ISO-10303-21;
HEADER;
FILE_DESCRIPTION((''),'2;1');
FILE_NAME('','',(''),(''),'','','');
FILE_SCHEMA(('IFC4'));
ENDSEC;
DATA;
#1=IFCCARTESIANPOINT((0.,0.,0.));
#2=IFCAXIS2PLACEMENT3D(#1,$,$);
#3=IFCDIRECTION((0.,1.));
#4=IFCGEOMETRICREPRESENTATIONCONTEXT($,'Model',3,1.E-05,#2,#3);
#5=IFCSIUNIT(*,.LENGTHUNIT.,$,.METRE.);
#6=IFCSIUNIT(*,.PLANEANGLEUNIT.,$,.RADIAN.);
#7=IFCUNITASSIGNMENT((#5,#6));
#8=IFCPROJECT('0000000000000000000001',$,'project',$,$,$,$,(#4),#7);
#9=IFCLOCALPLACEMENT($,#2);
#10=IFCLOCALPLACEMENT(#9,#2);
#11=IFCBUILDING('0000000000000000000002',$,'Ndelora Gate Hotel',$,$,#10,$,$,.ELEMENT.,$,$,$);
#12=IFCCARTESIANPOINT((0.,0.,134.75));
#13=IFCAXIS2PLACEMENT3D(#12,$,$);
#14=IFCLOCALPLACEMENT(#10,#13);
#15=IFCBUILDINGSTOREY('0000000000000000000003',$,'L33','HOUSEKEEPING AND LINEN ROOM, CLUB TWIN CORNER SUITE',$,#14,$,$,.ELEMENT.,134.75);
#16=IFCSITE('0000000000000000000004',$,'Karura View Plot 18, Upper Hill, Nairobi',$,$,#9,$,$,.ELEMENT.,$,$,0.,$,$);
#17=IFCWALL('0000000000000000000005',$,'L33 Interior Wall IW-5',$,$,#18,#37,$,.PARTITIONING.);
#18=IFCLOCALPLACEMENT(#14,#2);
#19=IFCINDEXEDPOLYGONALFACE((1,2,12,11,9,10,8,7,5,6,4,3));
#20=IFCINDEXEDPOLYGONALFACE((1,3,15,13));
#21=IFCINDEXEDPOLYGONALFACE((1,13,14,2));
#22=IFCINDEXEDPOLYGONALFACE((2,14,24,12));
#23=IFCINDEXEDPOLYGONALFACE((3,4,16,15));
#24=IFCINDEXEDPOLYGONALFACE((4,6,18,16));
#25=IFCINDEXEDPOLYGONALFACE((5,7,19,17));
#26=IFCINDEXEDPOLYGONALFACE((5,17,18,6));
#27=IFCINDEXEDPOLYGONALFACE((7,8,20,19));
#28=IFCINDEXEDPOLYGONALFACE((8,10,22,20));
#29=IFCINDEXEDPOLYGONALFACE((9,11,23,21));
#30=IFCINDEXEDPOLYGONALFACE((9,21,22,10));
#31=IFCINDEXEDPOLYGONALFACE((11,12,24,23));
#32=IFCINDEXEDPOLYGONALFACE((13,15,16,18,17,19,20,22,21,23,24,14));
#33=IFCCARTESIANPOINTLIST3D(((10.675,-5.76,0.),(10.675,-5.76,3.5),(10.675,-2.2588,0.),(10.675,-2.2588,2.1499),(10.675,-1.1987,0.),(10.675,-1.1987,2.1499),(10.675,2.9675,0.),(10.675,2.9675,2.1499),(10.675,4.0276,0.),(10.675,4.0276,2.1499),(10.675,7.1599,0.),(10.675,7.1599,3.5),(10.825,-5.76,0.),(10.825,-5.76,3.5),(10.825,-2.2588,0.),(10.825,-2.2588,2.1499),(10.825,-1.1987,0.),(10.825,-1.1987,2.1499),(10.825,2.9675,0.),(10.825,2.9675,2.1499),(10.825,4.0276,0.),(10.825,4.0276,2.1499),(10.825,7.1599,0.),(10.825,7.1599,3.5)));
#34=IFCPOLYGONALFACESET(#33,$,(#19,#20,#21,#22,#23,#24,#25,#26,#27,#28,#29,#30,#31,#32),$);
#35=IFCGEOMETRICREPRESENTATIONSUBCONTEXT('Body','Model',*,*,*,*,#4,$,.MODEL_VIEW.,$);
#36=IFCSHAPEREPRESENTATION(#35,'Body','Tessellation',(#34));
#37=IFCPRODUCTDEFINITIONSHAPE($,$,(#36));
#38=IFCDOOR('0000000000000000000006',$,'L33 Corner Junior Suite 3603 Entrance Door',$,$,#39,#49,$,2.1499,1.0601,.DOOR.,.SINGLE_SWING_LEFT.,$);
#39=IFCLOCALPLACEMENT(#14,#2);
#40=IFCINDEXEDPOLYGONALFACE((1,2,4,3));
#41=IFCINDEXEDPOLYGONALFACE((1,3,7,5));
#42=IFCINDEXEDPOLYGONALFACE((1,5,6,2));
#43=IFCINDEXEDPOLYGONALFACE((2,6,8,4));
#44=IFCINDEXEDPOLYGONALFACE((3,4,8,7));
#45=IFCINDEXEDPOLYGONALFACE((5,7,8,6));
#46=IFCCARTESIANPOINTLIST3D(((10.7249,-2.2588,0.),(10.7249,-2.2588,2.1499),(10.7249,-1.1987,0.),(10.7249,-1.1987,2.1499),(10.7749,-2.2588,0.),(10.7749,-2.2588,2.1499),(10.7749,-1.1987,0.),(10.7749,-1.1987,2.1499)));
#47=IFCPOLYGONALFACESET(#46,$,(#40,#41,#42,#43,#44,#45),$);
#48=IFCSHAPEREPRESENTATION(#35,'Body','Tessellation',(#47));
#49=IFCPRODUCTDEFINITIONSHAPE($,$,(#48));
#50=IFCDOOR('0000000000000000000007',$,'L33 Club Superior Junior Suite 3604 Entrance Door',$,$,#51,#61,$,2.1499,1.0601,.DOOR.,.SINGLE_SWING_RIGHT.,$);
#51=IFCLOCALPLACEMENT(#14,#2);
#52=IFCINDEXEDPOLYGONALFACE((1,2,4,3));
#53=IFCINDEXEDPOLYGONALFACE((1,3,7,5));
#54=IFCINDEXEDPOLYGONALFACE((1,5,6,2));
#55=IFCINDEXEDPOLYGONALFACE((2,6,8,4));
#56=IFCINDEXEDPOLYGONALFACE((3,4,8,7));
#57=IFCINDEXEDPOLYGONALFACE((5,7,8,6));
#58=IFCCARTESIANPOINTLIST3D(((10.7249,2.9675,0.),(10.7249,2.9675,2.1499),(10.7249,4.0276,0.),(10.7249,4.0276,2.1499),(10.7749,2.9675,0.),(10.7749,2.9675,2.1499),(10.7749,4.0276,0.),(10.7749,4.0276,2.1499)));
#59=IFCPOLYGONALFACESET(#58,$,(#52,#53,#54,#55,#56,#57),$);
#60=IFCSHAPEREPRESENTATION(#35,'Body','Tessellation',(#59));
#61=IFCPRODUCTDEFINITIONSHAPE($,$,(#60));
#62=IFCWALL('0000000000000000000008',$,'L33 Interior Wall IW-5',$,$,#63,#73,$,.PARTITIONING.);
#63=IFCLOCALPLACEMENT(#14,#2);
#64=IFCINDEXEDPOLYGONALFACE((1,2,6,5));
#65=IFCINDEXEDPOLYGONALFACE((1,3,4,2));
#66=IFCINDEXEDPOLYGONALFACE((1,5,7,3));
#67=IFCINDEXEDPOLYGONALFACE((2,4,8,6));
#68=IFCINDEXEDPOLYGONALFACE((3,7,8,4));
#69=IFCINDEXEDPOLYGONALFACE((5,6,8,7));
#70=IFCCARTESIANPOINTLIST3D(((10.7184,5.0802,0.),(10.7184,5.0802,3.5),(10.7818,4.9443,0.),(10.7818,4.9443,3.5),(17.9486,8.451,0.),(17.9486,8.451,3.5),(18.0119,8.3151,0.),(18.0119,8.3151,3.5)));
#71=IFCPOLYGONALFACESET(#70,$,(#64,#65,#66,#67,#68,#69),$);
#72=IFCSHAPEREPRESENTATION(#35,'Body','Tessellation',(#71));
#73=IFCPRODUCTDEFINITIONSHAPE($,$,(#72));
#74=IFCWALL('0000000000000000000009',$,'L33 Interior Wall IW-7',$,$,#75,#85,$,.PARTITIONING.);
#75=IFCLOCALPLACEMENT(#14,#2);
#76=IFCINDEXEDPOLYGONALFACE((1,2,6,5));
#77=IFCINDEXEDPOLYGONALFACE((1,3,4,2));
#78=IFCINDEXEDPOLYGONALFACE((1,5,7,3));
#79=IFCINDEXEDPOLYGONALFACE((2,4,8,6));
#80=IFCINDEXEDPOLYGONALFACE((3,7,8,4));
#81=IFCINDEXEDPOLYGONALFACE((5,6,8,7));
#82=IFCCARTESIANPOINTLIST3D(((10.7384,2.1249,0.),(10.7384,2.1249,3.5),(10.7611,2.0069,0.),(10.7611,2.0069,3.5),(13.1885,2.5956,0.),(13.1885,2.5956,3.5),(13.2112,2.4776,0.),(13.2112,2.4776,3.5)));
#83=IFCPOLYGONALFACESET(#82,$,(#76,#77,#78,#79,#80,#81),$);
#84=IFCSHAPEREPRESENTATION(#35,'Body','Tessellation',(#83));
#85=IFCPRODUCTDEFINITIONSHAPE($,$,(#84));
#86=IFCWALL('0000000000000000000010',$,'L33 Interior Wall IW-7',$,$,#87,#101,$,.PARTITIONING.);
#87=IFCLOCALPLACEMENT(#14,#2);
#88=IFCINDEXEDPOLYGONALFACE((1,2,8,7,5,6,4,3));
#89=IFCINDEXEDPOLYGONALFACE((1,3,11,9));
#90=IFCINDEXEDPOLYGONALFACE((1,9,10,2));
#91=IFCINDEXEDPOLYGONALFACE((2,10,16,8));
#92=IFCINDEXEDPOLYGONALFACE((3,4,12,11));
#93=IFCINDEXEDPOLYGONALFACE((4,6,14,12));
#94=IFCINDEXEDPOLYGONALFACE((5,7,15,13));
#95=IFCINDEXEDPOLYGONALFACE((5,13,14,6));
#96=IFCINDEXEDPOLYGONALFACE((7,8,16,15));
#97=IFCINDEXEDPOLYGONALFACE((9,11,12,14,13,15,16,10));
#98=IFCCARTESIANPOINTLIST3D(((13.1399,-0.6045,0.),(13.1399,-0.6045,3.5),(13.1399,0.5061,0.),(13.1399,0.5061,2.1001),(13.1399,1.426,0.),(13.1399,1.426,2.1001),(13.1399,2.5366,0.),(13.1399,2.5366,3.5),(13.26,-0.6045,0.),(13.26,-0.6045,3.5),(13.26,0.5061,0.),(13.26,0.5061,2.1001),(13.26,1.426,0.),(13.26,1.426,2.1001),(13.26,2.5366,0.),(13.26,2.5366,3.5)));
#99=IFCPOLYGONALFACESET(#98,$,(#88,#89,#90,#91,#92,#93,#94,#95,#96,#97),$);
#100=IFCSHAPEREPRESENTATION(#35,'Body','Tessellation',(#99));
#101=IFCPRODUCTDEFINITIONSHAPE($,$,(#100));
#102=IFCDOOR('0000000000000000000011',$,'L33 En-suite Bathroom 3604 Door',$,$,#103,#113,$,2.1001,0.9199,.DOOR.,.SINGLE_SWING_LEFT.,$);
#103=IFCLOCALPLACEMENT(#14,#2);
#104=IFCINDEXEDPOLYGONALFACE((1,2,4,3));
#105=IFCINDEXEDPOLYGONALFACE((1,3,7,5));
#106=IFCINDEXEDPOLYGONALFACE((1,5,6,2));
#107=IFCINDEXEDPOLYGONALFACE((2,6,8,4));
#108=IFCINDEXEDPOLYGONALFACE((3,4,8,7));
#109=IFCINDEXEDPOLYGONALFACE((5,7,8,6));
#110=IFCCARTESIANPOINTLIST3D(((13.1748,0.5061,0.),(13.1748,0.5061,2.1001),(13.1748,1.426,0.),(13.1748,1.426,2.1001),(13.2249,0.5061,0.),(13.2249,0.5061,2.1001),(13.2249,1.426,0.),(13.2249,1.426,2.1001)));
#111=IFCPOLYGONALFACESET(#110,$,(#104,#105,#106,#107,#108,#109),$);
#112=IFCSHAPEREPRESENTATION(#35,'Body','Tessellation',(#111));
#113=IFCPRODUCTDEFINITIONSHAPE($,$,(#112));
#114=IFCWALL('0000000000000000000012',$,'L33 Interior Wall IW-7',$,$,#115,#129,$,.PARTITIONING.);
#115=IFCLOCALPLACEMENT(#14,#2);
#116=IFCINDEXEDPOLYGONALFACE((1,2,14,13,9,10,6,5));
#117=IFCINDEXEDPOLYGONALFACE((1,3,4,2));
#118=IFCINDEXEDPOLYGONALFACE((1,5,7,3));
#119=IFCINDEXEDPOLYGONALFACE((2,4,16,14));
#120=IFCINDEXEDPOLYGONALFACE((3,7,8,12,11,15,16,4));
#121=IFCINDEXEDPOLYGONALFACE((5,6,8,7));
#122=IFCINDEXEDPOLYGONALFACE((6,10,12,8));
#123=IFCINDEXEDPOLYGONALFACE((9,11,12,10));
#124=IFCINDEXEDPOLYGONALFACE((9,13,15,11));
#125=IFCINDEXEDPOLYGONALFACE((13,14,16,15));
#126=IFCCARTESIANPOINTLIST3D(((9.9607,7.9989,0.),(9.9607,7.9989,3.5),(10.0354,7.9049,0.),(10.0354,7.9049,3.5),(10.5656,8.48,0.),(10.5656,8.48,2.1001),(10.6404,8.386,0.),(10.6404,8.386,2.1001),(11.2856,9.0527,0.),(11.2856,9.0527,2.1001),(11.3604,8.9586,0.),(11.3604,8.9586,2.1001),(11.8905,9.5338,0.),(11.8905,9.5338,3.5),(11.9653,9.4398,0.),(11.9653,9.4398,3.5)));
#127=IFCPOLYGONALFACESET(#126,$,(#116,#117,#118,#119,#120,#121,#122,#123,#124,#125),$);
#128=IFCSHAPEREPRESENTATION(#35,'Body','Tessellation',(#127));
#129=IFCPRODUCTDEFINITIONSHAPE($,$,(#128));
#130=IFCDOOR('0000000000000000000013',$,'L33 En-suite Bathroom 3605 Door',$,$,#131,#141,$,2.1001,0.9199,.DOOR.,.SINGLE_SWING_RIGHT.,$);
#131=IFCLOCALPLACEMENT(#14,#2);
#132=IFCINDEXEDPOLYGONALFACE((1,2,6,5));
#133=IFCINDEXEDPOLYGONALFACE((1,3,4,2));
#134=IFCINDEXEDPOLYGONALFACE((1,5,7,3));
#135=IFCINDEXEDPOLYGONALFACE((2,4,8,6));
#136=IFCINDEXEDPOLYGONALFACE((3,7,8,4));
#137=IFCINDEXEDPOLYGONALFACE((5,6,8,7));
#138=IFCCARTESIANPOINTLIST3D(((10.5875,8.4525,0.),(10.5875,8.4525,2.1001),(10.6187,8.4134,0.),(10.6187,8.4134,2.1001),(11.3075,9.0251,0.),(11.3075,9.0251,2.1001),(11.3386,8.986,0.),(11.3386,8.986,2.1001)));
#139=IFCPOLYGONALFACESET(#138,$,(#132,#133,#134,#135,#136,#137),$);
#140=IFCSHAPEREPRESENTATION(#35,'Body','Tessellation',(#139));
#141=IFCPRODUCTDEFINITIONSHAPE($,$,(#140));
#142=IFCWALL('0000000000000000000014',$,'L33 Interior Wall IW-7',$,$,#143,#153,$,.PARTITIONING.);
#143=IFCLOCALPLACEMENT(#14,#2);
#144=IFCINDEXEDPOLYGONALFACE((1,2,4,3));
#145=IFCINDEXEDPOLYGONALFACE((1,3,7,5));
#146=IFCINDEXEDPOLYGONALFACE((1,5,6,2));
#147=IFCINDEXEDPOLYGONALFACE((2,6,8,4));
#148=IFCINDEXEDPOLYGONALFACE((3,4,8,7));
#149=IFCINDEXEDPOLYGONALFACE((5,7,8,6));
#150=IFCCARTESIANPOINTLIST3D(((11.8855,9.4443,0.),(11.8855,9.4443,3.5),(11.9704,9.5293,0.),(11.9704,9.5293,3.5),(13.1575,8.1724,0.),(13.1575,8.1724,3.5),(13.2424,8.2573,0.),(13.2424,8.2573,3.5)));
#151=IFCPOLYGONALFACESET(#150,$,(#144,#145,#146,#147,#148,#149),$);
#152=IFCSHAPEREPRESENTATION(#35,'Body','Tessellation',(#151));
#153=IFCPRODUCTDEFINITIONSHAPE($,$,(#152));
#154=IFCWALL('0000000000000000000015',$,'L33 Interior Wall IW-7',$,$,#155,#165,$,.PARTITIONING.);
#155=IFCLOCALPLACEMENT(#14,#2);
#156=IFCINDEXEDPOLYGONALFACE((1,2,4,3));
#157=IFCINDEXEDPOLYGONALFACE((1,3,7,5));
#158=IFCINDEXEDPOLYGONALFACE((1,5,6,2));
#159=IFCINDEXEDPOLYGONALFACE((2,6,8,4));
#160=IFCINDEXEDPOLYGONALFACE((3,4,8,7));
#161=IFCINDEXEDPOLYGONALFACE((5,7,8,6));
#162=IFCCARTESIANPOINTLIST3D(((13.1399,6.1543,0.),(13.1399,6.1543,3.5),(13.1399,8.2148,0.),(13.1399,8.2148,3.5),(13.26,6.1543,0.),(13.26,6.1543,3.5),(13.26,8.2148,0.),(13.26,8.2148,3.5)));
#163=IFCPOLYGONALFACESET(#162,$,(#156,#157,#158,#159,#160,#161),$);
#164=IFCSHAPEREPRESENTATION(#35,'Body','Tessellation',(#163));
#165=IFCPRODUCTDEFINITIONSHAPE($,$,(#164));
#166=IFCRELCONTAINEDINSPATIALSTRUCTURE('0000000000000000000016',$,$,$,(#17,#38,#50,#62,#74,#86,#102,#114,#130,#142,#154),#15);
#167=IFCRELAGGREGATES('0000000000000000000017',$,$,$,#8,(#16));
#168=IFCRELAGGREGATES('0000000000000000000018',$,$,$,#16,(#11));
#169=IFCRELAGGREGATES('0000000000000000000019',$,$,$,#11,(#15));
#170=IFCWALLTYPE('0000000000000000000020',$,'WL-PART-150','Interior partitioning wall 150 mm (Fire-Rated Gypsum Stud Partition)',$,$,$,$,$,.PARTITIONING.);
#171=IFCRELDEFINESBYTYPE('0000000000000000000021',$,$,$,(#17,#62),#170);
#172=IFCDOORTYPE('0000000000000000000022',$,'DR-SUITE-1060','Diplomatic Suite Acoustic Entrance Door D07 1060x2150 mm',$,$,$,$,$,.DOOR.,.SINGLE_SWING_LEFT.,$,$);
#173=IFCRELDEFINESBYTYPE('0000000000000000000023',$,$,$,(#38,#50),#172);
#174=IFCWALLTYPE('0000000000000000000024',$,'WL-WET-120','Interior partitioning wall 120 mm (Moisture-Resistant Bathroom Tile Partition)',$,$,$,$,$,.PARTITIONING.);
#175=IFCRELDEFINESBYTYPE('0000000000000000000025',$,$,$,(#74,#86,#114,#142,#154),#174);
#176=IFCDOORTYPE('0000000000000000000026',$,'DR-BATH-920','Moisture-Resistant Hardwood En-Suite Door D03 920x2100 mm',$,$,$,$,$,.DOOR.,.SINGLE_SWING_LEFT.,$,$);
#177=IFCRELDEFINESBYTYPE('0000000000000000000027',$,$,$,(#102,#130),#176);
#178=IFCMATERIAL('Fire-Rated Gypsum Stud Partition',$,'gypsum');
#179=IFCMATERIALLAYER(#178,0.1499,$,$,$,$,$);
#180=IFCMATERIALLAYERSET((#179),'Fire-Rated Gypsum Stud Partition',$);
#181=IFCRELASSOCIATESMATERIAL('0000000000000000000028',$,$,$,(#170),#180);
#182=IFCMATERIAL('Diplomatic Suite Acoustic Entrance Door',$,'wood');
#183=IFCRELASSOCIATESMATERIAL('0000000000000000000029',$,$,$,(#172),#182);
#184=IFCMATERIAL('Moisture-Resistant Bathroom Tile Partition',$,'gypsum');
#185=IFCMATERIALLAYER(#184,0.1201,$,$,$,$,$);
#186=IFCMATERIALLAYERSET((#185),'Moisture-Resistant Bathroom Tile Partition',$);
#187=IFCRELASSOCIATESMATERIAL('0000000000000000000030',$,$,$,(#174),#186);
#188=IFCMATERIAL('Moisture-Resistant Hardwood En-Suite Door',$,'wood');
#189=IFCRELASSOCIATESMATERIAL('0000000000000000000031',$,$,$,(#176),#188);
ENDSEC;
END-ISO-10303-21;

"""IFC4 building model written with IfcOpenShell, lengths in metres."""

from ifc_helpers import new_model, si_unit, direction, frame, frame_2d, origin, place, context, subcontext, project, spatial, rectangle, extrude, material, layer, layer_set, type_object, element, fill, save


model = new_model("IFC4")

# Units and contexts
model_context = context("Model", 3, precision=1e-05, world=origin(), true_north=direction((0.0, 1.0)))
body_context = subcontext(model_context, "Body", "Model", "MODEL_VIEW")
ifc_project = project(units=[si_unit("LENGTHUNIT", "METRE"), si_unit("PLANEANGLEUNIT", "RADIAN")], contexts=[model_context])

# Site, building, storey
site_placement = place(None, origin())
site = spatial("IfcSite", under=ifc_project, at=site_placement, Name="Karura View Plot 18, Upper Hill, Nairobi", CompositionType="ELEMENT", RefElevation=0.0)
building_placement = place(site_placement, origin())
building = spatial("IfcBuilding", under=site, at=building_placement, Name="Ndelora Gate Hotel", CompositionType="ELEMENT")
storey_placement = place(building_placement, frame((0.0, 0.0, 134.75)))
storey = spatial("IfcBuildingStorey", under=building, at=storey_placement, Name="L33", Description="HOUSEKEEPING AND LINEN ROOM, CLUB TWIN CORNER SUITE", CompositionType="ELEMENT", Elevation=134.75)

# Wall, openings, doors
ifc_material_1 = material(Name="Fire-Rated Gypsum Stud Partition", Category="gypsum")
ifc_layer_1 = layer(ifc_material_1, 0.1499)
ifc_layer_set_1 = layer_set([ifc_layer_1], Name="Fire-Rated Gypsum Stud Partition")
wall_type_1 = type_object("IfcWallType", Name="WL-PART-150", Description="Interior partitioning wall 150 mm (Fire-Rated Gypsum Stud Partition)", PredefinedType="PARTITIONING", material=ifc_layer_set_1)
wall_1_placement = place(storey_placement, frame((10.75, 7.1599, 0.0), z_axis=(0.0, 0.0, 1.0), x_axis=(0.0, -1.0, 0.0)))
wall_1 = element("IfcWall", 1, at=wall_1_placement, inside=storey, type_object=wall_type_1, Name="L33 Interior Wall IW-5", PredefinedType="PARTITIONING", context=body_context, shape_type="SweptSolid", body=[
    extrude(rectangle(XDim=12.9199, YDim=0.1499, at=frame_2d((6.46, 0.0))), origin(), (0.0, 0.0, 1.0), 3.5),
])
opening_1_placement = place(wall_1_placement, frame((8.3586, 0.0, 0.0)))
opening_1 = element("IfcOpeningElement", 2, at=opening_1_placement, cuts=wall_1, PredefinedType="OPENING", context=body_context, shape_type="SweptSolid", body=[
    extrude(rectangle(XDim=1.0601, YDim=2.1499, at=frame_2d((0.53, 1.075))), frame((0.0, 0.085, 0.0), z_axis=(0.0, -1.0, 0.0), x_axis=(1.0, 0.0, 0.0)), (0.0, 0.0, 1.0), 0.1699),
])
opening_2_placement = place(wall_1_placement, frame((3.1323, 0.0, 0.0)))
opening_2 = element("IfcOpeningElement", 3, at=opening_2_placement, cuts=wall_1, PredefinedType="OPENING", context=body_context, shape_type="SweptSolid", body=[
    extrude(rectangle(XDim=1.0601, YDim=2.1499, at=frame_2d((0.53, 1.075))), frame((0.0, 0.085, 0.0), z_axis=(0.0, -1.0, 0.0), x_axis=(1.0, 0.0, 0.0)), (0.0, 0.0, 1.0), 0.1699),
])
ifc_material_2 = material(Name="Diplomatic Suite Acoustic Entrance Door", Category="wood")
door_type_1 = type_object("IfcDoorType", Name="DR-SUITE-1060", Description="Diplomatic Suite Acoustic Entrance Door D07 1060x2150 mm", OperationType="SINGLE_SWING_LEFT", PredefinedType="DOOR", material=ifc_material_2)
door_1_placement = place(opening_1_placement, origin())
door_1 = element("IfcDoor", 4, at=door_1_placement, inside=storey, type_object=door_type_1, Name="L33 Corner Junior Suite 3603 Entrance Door", OperationType="SINGLE_SWING_LEFT", OverallHeight=2.1499, OverallWidth=1.0601, PredefinedType="DOOR", context=body_context, shape_type="SweptSolid", body=[
    extrude(rectangle(XDim=1.0601, YDim=2.1499, at=frame_2d((0.53, 1.075))), frame((0.0, 0.0249, 0.0), z_axis=(0.0, -1.0, 0.0), x_axis=(1.0, 0.0, 0.0)), (0.0, 0.0, 1.0), 0.05),
])
fill(opening_1, door_1)
door_2_placement = place(opening_2_placement, origin())
door_2 = element("IfcDoor", 5, at=door_2_placement, inside=storey, type_object=door_type_1, Name="L33 Club Superior Junior Suite 3604 Entrance Door", OperationType="SINGLE_SWING_RIGHT", OverallHeight=2.1499, OverallWidth=1.0601, PredefinedType="DOOR", context=body_context, shape_type="SweptSolid", body=[
    extrude(rectangle(XDim=1.0601, YDim=2.1499, at=frame_2d((0.53, 1.075))), frame((0.0, 0.0249, 0.0), z_axis=(0.0, -1.0, 0.0), x_axis=(1.0, 0.0, 0.0)), (0.0, 0.0, 1.0), 0.05),
])
fill(opening_2, door_2)

# Walls
wall_2_placement = place(storey_placement, frame((10.75, 5.0122, 0.0), z_axis=(0.0, 0.0, 1.0), x_axis=(0.906339, 0.42255, 0.0)))
element("IfcWall", 6, at=wall_2_placement, inside=storey, type_object=wall_type_1, Name="L33 Interior Wall IW-5", PredefinedType="PARTITIONING", context=body_context, shape_type="SweptSolid", body=[
    extrude(rectangle(XDim=7.9773, YDim=0.1499, at=frame_2d((3.9888, 0.0))), origin(), (0.0, 0.0, 1.0), 3.5),
])
ifc_material_3 = material(Name="Moisture-Resistant Bathroom Tile Partition", Category="gypsum")
ifc_layer_2 = layer(ifc_material_3, 0.1201)
ifc_layer_set_2 = layer_set([ifc_layer_2], Name="Moisture-Resistant Bathroom Tile Partition")
wall_type_2 = type_object("IfcWallType", Name="WL-WET-120", Description="Interior partitioning wall 120 mm (Moisture-Resistant Bathroom Tile Partition)", PredefinedType="PARTITIONING", material=ifc_layer_set_2)
wall_3_placement = place(storey_placement, frame((13.2, 2.5366, 0.0), z_axis=(0.0, 0.0, 1.0), x_axis=(-0.982039, -0.188677, 0.0)))
element("IfcWall", 7, at=wall_3_placement, inside=storey, type_object=wall_type_2, Name="L33 Interior Wall IW-7", PredefinedType="PARTITIONING", context=body_context, shape_type="SweptSolid", body=[
    extrude(rectangle(XDim=2.4949, YDim=0.1201, at=frame_2d((1.2476, 0.0))), origin(), (0.0, 0.0, 1.0), 3.5),
])

# Walls, openings, doors
wall_4_placement = place(storey_placement, frame((13.2, 2.5366, 0.0), z_axis=(0.0, 0.0, 1.0), x_axis=(0.0, -1.0, 0.0)))
wall_4 = element("IfcWall", 8, at=wall_4_placement, inside=storey, type_object=wall_type_2, Name="L33 Interior Wall IW-7", PredefinedType="PARTITIONING", context=body_context, shape_type="SweptSolid", body=[
    extrude(rectangle(XDim=3.1411, YDim=0.1201, at=frame_2d((1.5706, 0.0))), origin(), (0.0, 0.0, 1.0), 3.5),
])
opening_3_placement = place(wall_4_placement, frame((1.1106, 0.0, 0.0)))
opening_3 = element("IfcOpeningElement", 9, at=opening_3_placement, cuts=wall_4, PredefinedType="OPENING", context=body_context, shape_type="SweptSolid", body=[
    extrude(rectangle(XDim=0.9199, YDim=2.1001, at=frame_2d((0.46, 1.05))), frame((0.0, 0.0701, 0.0), z_axis=(0.0, -1.0, 0.0), x_axis=(1.0, 0.0, 0.0)), (0.0, 0.0, 1.0), 0.1401),
])
ifc_material_4 = material(Name="Moisture-Resistant Hardwood En-Suite Door", Category="wood")
door_type_2 = type_object("IfcDoorType", Name="DR-BATH-920", Description="Moisture-Resistant Hardwood En-Suite Door D03 920x2100 mm", OperationType="SINGLE_SWING_LEFT", PredefinedType="DOOR", material=ifc_material_4)
door_3_placement = place(opening_3_placement, origin())
door_3 = element("IfcDoor", 10, at=door_3_placement, inside=storey, type_object=door_type_2, Name="L33 En-suite Bathroom 3604 Door", OperationType="SINGLE_SWING_LEFT", OverallHeight=2.1001, OverallWidth=0.9199, PredefinedType="DOOR", context=body_context, shape_type="SweptSolid", body=[
    extrude(rectangle(XDim=0.9199, YDim=2.1001, at=frame_2d((0.46, 1.05))), frame((0.0, 0.0249, 0.0), z_axis=(0.0, -1.0, 0.0), x_axis=(1.0, 0.0, 0.0)), (0.0, 0.0, 1.0), 0.05),
])
fill(opening_3, door_3)
wall_5_placement = place(storey_placement, frame((9.998, 7.9519, 0.0), z_axis=(0.0, 0.0, 1.0), x_axis=(0.782653, 0.622459, 0.0)))
wall_5 = element("IfcWall", 11, at=wall_5_placement, inside=storey, type_object=wall_type_2, Name="L33 Interior Wall IW-7", PredefinedType="PARTITIONING", context=body_context, shape_type="SweptSolid", body=[
    extrude(rectangle(XDim=2.4658, YDim=0.1201, at=frame_2d((1.2329, 0.0))), origin(), (0.0, 0.0, 1.0), 3.5),
])
opening_4_placement = place(wall_5_placement, frame((0.7729, 0.0, 0.0)))
opening_4 = element("IfcOpeningElement", 12, at=opening_4_placement, cuts=wall_5, PredefinedType="OPENING", context=body_context, shape_type="SweptSolid", body=[
    extrude(rectangle(XDim=0.9199, YDim=2.1001, at=frame_2d((0.46, 1.05))), frame((0.0, 0.0701, 0.0), z_axis=(0.0, -1.0, 0.0), x_axis=(1.0, 0.0, 0.0)), (0.0, 0.0, 1.0), 0.1401),
])
door_4_placement = place(opening_4_placement, origin())
door_4 = element("IfcDoor", 13, at=door_4_placement, inside=storey, type_object=door_type_2, Name="L33 En-suite Bathroom 3605 Door", OperationType="SINGLE_SWING_RIGHT", OverallHeight=2.1001, OverallWidth=0.9199, PredefinedType="DOOR", context=body_context, shape_type="SweptSolid", body=[
    extrude(rectangle(XDim=0.9199, YDim=2.1001, at=frame_2d((0.46, 1.05))), frame((0.0, 0.0249, 0.0), z_axis=(0.0, -1.0, 0.0), x_axis=(1.0, 0.0, 0.0)), (0.0, 0.0, 1.0), 0.05),
])
fill(opening_4, door_4)

# Walls
wall_6_placement = place(storey_placement, frame((11.928, 9.4868, 0.0), z_axis=(0.0, 0.0, 1.0), x_axis=(0.707107, -0.707107, 0.0)))
element("IfcWall", 14, at=wall_6_placement, inside=storey, type_object=wall_type_2, Name="L33 Interior Wall IW-7", PredefinedType="PARTITIONING", context=body_context, shape_type="SweptSolid", body=[
    extrude(rectangle(XDim=1.7988, YDim=0.1201, at=frame_2d((0.8994, 0.0))), origin(), (0.0, 0.0, 1.0), 3.5),
])
wall_7_placement = place(storey_placement, frame((13.2, 6.1543, 0.0), z_axis=(0.0, 0.0, 1.0), x_axis=(0.0, 1.0, 0.0)))
element("IfcWall", 15, at=wall_7_placement, inside=storey, type_object=wall_type_2, Name="L33 Interior Wall IW-7", PredefinedType="PARTITIONING", context=body_context, shape_type="SweptSolid", body=[
    extrude(rectangle(XDim=2.0605, YDim=0.1201, at=frame_2d((1.0303, 0.0))), origin(), (0.0, 0.0, 1.0), 3.5),
])

save(model, "model.ifc")
